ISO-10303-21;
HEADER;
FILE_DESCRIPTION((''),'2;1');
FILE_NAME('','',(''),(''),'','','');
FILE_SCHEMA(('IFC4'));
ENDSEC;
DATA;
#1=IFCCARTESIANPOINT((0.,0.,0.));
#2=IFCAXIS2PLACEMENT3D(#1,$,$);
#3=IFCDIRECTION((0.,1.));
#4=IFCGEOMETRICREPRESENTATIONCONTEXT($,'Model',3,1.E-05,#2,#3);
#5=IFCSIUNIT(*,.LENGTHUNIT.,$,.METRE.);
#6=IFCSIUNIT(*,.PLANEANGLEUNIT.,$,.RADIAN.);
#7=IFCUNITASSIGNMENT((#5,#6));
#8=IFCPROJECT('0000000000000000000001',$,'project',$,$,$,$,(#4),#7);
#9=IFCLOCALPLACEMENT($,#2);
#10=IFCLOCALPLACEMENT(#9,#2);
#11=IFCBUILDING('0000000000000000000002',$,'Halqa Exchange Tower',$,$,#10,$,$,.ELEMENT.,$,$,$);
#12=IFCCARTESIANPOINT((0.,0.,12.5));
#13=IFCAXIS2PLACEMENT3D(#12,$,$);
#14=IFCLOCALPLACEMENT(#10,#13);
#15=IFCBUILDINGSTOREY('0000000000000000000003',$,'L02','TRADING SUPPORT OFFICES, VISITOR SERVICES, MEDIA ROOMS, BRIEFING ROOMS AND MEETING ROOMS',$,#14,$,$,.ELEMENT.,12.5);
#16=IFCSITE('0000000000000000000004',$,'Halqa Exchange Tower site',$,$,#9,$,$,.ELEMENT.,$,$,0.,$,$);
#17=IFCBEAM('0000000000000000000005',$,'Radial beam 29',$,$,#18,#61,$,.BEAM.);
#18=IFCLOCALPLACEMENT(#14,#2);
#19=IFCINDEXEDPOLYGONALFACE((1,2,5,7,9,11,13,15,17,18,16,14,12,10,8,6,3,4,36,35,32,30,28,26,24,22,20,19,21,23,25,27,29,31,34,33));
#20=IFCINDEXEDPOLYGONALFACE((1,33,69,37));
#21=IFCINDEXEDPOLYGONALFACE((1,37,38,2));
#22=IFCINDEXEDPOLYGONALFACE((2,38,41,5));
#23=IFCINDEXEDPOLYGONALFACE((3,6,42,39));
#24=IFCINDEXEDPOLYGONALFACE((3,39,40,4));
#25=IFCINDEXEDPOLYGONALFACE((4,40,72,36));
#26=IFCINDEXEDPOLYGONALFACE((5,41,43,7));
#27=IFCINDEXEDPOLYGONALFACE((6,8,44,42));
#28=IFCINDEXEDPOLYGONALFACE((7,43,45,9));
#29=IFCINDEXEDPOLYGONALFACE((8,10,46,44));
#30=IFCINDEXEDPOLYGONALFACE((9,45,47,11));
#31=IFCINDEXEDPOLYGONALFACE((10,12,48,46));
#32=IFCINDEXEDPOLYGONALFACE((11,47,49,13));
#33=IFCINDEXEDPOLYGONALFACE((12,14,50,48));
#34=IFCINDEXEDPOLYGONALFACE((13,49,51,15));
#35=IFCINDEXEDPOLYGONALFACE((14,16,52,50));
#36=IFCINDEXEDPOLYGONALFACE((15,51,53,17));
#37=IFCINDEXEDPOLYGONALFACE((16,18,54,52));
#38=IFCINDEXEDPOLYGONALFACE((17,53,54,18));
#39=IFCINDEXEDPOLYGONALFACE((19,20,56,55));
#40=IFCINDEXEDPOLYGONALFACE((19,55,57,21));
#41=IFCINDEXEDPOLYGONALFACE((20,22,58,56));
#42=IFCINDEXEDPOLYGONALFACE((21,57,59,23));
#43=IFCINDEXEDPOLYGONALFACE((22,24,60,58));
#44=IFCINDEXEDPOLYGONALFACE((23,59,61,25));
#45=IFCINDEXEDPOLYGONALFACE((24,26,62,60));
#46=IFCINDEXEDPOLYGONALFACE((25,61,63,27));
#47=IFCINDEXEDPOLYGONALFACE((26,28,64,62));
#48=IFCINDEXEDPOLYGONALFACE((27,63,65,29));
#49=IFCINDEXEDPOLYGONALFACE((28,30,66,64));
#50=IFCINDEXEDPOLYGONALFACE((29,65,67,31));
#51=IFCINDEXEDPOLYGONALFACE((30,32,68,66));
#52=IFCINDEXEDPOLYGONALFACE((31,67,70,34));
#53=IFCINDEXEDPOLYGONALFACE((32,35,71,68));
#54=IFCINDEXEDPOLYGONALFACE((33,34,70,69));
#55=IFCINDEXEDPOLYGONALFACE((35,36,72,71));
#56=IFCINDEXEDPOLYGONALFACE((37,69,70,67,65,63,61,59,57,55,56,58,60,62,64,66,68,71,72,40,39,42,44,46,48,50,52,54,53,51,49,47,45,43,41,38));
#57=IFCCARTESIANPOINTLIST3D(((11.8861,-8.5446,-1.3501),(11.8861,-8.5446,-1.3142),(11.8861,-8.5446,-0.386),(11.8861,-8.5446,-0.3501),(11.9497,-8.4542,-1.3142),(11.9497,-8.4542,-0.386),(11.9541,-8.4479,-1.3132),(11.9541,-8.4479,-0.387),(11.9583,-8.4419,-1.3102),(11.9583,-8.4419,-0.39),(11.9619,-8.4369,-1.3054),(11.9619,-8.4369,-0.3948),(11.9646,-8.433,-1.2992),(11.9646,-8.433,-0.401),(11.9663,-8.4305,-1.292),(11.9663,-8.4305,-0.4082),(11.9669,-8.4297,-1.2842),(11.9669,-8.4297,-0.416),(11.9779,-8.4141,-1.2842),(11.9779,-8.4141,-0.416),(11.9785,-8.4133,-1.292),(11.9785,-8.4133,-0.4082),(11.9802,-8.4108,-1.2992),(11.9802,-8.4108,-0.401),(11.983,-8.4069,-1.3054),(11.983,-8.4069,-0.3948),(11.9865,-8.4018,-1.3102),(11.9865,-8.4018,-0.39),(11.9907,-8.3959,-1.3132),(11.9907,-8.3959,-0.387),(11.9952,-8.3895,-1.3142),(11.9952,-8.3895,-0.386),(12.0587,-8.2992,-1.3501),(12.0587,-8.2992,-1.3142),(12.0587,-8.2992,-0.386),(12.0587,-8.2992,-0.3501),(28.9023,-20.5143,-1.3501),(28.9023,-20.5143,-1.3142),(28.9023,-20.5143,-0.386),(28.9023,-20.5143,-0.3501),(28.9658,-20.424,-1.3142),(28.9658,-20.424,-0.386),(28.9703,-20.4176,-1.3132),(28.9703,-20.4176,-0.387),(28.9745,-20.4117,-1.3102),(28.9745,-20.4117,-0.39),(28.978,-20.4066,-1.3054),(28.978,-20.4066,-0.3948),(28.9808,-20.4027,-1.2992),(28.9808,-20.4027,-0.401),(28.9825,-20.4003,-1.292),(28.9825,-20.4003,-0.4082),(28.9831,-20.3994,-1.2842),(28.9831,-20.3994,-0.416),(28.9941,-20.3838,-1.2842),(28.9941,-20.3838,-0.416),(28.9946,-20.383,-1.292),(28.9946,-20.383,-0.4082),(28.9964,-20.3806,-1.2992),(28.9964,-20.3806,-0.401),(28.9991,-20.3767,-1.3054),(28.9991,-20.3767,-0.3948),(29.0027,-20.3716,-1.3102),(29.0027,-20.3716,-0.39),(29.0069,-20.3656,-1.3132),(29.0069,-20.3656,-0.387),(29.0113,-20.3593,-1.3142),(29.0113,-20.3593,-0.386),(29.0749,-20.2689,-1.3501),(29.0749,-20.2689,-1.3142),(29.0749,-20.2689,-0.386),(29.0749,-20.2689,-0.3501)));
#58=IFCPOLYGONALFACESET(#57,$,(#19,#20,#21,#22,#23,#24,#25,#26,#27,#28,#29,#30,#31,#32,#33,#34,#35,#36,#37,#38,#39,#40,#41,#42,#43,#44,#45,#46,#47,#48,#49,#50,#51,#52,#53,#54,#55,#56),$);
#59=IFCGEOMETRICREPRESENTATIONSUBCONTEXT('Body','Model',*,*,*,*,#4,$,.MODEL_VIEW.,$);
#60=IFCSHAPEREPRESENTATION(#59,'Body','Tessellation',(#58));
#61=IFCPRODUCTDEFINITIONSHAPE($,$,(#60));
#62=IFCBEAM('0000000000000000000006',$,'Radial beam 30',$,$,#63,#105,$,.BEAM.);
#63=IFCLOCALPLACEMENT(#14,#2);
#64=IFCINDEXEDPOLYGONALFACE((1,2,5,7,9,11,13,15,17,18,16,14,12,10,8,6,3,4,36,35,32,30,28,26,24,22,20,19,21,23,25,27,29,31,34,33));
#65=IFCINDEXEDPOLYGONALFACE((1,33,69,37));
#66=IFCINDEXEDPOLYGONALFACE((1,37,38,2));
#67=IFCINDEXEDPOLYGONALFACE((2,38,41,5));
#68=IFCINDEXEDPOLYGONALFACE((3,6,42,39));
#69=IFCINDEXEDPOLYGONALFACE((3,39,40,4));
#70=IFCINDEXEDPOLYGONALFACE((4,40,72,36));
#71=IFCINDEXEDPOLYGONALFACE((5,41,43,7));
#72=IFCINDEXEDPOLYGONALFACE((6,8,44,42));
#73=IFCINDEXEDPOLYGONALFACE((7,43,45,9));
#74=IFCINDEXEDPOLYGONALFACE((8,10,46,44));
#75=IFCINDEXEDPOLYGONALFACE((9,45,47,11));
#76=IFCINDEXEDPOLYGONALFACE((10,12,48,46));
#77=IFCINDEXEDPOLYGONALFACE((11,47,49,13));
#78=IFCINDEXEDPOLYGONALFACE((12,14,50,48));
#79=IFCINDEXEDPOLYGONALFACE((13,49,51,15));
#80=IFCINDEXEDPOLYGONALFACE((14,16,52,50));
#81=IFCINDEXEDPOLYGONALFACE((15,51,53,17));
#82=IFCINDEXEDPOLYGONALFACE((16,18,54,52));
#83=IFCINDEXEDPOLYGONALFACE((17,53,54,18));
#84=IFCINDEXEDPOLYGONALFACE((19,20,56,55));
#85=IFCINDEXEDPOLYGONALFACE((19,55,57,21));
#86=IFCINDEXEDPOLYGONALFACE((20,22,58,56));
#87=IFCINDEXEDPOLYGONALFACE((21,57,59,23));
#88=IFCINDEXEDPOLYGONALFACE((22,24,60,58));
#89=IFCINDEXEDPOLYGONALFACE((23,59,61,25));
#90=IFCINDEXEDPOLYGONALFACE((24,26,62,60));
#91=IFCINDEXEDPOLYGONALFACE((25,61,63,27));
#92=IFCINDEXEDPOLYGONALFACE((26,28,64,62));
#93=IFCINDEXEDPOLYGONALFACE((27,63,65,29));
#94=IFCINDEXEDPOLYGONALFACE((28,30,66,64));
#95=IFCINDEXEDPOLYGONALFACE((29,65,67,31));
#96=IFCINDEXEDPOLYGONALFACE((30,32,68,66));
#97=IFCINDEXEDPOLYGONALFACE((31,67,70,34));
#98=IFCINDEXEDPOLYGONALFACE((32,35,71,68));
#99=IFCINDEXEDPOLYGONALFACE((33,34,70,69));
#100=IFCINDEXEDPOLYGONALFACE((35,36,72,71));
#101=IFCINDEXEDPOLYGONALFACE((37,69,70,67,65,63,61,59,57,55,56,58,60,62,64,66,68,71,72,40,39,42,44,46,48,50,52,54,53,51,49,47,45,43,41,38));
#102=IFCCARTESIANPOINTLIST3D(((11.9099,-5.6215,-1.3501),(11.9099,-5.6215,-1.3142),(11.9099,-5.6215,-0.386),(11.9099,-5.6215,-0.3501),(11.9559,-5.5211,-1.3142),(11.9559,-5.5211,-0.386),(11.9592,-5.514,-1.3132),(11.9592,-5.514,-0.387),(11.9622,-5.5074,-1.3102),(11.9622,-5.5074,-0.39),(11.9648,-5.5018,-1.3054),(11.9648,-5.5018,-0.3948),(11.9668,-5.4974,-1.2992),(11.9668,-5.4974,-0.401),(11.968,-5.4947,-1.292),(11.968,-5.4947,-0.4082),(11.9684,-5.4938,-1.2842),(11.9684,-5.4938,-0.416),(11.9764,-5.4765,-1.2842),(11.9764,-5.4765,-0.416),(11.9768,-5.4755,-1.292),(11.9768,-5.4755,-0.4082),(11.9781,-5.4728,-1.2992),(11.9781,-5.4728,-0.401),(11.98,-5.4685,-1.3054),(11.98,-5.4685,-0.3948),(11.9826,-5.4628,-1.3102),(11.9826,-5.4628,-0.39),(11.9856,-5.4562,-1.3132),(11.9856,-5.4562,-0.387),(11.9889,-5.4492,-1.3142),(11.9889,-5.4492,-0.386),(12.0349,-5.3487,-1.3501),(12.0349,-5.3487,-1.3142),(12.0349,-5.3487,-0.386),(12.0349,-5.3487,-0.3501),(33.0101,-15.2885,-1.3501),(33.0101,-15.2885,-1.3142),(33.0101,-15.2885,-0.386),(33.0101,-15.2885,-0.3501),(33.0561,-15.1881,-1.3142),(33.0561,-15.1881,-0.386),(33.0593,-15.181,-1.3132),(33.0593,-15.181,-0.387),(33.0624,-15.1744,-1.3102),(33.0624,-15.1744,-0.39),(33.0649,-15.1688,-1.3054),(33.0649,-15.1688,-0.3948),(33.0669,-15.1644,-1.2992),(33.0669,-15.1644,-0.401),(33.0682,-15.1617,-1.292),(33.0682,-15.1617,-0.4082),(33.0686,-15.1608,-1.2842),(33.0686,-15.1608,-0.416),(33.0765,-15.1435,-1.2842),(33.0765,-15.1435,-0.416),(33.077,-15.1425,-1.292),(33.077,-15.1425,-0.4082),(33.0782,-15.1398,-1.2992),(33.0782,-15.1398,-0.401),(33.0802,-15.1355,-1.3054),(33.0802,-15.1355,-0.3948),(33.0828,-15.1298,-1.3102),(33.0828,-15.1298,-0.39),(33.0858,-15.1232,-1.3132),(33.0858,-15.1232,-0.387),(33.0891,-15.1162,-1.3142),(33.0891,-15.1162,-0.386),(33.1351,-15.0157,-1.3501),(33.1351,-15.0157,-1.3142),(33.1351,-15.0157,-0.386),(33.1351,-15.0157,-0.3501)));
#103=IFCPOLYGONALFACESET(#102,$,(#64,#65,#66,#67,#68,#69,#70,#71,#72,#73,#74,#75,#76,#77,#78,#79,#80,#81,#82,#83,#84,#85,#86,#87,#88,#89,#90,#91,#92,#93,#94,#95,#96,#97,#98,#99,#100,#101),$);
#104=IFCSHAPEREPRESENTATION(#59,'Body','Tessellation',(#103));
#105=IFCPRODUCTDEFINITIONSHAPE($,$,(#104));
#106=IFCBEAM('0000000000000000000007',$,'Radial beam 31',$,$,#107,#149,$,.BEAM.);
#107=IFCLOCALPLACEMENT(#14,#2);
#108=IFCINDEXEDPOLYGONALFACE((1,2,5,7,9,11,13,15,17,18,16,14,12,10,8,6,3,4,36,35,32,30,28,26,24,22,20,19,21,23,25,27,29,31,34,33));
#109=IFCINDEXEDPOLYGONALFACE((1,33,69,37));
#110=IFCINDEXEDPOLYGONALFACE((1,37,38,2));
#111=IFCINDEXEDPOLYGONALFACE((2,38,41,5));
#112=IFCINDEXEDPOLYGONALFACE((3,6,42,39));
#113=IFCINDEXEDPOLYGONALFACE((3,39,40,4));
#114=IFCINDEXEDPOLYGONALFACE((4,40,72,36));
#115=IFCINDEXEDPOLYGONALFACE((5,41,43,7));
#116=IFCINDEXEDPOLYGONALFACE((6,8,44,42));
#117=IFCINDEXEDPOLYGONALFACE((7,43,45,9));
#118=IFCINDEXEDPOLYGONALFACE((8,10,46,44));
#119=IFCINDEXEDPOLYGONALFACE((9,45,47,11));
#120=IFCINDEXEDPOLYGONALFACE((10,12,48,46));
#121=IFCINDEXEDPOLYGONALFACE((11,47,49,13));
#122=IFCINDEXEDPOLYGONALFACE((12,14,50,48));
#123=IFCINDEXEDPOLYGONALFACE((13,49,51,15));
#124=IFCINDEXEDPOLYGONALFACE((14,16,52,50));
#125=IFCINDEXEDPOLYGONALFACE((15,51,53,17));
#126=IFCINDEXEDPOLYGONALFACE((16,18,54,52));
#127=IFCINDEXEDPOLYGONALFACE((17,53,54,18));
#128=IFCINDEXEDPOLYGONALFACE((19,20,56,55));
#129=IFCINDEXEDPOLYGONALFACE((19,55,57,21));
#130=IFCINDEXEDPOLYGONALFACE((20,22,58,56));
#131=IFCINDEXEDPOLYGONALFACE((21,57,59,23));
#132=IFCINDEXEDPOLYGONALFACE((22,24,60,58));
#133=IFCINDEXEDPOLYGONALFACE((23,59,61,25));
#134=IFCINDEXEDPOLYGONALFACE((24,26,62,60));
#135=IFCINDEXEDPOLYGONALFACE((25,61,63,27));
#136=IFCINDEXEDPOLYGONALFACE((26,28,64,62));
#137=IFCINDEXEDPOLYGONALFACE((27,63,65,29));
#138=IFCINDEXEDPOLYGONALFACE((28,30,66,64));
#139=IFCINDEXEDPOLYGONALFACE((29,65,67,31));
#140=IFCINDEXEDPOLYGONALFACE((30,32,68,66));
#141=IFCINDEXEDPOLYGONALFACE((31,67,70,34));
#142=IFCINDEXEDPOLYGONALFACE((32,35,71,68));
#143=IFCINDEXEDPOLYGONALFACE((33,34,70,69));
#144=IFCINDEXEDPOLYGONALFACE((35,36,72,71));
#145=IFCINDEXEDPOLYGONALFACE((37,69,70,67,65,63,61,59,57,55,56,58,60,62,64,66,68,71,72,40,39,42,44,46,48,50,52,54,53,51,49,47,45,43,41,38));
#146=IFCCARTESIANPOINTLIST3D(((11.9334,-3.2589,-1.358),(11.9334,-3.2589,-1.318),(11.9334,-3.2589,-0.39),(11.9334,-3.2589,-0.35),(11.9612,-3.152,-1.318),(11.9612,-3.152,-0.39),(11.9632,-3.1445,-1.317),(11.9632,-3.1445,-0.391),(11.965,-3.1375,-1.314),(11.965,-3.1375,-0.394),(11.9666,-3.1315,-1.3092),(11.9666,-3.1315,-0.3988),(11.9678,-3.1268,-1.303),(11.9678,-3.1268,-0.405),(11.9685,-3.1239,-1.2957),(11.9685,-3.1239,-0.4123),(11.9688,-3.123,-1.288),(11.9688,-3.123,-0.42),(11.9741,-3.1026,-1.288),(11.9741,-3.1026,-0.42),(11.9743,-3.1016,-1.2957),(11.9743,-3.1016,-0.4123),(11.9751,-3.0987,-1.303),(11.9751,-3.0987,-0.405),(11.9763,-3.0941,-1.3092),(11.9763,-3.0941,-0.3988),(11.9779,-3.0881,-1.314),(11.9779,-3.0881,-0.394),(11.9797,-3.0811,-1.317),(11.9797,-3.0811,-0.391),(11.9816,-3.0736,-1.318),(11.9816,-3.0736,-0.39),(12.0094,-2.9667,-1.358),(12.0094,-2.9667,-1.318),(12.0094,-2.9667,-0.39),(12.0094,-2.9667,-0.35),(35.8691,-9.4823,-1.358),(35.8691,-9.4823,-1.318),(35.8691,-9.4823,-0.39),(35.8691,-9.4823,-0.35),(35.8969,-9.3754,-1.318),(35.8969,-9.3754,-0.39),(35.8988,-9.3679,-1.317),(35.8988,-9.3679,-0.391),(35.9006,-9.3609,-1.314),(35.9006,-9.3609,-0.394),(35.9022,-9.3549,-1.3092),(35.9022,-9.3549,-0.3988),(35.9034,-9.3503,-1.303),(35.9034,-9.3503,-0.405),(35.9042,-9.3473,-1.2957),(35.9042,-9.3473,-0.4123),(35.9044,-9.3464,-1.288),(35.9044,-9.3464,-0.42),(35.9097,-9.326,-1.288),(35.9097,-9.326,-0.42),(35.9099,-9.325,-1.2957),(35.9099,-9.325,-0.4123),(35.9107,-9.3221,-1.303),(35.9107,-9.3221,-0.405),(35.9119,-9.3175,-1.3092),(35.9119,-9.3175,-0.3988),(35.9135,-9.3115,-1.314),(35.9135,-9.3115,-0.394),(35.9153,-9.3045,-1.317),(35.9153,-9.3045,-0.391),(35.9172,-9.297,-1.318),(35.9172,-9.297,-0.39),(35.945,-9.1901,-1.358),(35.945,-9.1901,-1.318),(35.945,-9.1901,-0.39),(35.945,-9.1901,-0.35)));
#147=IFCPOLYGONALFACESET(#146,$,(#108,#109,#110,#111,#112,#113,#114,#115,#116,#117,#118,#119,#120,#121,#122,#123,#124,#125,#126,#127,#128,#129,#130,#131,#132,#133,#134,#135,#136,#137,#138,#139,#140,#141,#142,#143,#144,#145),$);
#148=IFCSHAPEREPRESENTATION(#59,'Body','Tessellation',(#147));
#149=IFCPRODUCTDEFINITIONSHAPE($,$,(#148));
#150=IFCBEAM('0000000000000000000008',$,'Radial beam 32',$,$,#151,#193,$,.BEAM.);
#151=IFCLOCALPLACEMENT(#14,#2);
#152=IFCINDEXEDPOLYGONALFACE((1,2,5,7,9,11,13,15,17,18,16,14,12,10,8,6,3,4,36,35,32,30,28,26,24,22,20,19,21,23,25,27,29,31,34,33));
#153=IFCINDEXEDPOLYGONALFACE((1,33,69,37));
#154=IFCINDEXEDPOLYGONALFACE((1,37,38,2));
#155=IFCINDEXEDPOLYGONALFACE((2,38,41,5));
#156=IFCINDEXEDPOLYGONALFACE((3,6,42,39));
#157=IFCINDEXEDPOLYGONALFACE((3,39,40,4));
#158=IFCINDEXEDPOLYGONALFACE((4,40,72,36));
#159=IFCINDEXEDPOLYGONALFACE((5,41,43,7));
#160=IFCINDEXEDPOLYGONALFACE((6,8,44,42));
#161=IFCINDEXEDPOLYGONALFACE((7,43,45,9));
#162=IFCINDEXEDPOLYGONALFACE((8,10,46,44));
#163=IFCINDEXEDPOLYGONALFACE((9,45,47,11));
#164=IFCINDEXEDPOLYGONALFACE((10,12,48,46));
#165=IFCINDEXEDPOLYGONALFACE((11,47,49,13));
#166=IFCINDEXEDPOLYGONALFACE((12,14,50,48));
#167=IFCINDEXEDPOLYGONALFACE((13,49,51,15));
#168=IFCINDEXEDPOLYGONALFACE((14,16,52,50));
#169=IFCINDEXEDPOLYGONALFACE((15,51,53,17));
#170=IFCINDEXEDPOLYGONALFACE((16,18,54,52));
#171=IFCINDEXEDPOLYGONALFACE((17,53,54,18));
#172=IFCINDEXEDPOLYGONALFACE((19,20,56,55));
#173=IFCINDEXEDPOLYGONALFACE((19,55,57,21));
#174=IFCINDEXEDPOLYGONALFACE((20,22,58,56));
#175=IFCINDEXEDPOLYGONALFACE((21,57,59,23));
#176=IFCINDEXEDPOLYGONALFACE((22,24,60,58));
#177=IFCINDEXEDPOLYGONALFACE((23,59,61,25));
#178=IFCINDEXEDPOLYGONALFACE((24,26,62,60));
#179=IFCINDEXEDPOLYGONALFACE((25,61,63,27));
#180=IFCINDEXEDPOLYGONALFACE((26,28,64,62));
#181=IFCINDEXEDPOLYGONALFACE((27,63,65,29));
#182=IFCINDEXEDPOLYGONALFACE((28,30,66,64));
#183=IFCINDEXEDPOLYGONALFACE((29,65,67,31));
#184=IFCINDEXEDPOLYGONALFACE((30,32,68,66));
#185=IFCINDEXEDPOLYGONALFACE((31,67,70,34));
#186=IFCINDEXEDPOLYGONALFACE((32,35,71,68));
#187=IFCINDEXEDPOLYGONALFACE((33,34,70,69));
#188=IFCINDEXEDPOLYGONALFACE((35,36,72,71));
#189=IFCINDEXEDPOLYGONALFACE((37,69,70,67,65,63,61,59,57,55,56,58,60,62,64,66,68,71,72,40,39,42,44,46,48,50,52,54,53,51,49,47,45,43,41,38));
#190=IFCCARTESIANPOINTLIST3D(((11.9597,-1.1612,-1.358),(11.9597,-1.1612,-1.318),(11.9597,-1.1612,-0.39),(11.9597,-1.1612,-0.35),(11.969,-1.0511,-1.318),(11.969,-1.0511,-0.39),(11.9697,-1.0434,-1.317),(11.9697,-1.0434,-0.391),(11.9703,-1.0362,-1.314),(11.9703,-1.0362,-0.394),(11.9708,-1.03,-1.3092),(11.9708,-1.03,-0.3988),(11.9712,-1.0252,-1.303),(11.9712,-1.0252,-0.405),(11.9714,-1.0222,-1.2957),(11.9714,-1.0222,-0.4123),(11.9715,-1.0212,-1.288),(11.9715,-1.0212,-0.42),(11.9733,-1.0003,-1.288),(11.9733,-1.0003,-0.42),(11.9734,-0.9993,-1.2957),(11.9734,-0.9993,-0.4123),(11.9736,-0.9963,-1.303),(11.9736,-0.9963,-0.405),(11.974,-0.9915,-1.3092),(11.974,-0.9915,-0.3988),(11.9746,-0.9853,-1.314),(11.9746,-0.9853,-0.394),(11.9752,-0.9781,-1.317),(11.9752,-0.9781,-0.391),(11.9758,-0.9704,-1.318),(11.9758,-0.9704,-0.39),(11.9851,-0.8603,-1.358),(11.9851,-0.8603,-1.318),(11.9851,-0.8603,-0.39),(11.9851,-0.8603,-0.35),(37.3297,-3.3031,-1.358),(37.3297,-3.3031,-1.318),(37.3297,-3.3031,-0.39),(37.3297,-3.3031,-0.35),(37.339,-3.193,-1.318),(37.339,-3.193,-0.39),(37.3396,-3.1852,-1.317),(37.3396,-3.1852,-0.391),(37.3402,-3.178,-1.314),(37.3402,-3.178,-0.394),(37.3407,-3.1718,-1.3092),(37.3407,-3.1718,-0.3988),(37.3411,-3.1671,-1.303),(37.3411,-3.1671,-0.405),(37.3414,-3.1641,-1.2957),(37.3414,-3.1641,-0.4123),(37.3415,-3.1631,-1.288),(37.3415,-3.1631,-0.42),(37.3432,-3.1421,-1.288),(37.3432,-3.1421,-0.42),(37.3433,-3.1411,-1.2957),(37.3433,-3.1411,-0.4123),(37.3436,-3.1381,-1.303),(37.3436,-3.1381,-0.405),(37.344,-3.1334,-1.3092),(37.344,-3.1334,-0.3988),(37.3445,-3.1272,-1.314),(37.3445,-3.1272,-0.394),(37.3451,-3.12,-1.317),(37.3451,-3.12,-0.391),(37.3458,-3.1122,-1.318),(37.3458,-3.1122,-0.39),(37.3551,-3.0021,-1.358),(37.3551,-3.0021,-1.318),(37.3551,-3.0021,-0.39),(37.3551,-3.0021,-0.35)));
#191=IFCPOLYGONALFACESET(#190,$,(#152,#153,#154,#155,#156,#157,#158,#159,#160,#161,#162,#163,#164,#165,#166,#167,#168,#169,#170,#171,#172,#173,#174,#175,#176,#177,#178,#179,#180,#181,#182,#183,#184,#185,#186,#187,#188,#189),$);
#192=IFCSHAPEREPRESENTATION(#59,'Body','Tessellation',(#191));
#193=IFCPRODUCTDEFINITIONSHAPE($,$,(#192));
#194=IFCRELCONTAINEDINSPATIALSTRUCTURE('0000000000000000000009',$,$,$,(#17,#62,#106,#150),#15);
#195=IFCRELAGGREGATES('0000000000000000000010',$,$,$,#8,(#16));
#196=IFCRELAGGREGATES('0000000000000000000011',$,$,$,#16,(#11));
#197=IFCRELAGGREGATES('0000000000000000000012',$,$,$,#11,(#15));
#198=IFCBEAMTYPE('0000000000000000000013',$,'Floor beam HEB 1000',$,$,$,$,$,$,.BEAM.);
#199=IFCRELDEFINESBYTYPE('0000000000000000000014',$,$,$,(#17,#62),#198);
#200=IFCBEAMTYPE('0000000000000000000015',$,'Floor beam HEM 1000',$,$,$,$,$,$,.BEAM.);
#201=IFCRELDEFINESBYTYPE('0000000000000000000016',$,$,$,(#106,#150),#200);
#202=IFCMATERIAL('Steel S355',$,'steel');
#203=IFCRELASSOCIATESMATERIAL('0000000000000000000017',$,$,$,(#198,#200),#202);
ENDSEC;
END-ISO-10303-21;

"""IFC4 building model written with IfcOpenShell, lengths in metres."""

from ifc_helpers import new_model, si_unit, direction, frame, origin, origin_2d, place, context, subcontext, project, spatial, i_section, extrude, material, material_profile, profile_set, type_object, element, save


model = new_model("IFC4")

# Units and contexts
model_context = context("Model", 3, precision=1e-05, world=origin(), true_north=direction((0.0, 1.0)))
body_context = subcontext(model_context, "Body", "Model", "MODEL_VIEW")
ifc_project = project(units=[si_unit("LENGTHUNIT", "METRE"), si_unit("PLANEANGLEUNIT", "RADIAN")], contexts=[model_context])

# Site, building, storey
site_placement = place(None, origin())
site = spatial("IfcSite", under=ifc_project, at=site_placement, Name="Halqa Exchange Tower site", CompositionType="ELEMENT", RefElevation=0.0)
building_placement = place(site_placement, origin())
building = spatial("IfcBuilding", under=site, at=building_placement, Name="Halqa Exchange Tower", CompositionType="ELEMENT")
storey_placement = place(building_placement, frame((0.0, 0.0, 12.5)))
storey = spatial("IfcBuildingStorey", under=building, at=storey_placement, Name="L02", Description="TRADING SUPPORT OFFICES, VISITOR SERVICES, MEDIA ROOMS, BRIEFING ROOMS AND MEETING ROOMS", CompositionType="ELEMENT", Elevation=12.5)

# Beams
ifc_material_1 = material(Name="Steel S355", Category="steel")
ifc_material_profile_1 = material_profile(ifc_material_1, i_section(OverallWidth=0.3, OverallDepth=1.0, WebThickness=0.019, FlangeThickness=0.0359, FilletRadius=0.03, at=origin_2d()), Name="HEB 1000")
ifc_profile_set_1 = profile_set([ifc_material_profile_1], Name="Steel S355")
beam_type_1 = type_object("IfcBeamType", Name="Floor beam HEB 1000", PredefinedType="BEAM", material=ifc_profile_set_1)
beam_1_placement = place(storey_placement, frame((11.9724, -8.4219, -0.8501), z_axis=(0.81791, -0.575346, 0.0), x_axis=(0.575346, 0.81791, 0.0)))
element("IfcBeam", 1, at=beam_1_placement, inside=storey, type_object=beam_type_1, Name="Radial beam 29", PredefinedType="BEAM", context=body_context, shape_type="SweptSolid", body=[
    extrude(i_section(OverallWidth=0.3, OverallDepth=1.0, WebThickness=0.019, FlangeThickness=0.0359, FilletRadius=0.03, at=origin_2d()), origin(), (0.0, 0.0, 1.0), 20.8044),
])
beam_2_placement = place(storey_placement, frame((11.9724, -5.4851, -0.8501), z_axis=(0.909128, -0.416516, 0.0), x_axis=(0.416516, 0.909128, 0.0)))
element("IfcBeam", 2, at=beam_2_placement, inside=storey, type_object=beam_type_1, Name="Radial beam 30", PredefinedType="BEAM", context=body_context, shape_type="SweptSolid", body=[
    extrude(i_section(OverallWidth=0.3, OverallDepth=1.0, WebThickness=0.019, FlangeThickness=0.0359, FilletRadius=0.03, at=origin_2d()), origin(), (0.0, 0.0, 1.0), 23.2092),
])
ifc_material_profile_2 = material_profile(ifc_material_1, i_section(OverallWidth=0.302, OverallDepth=1.0081, WebThickness=0.021, FlangeThickness=0.04, FilletRadius=0.03, at=origin_2d()), Name="HEM 1000")
ifc_profile_set_2 = profile_set([ifc_material_profile_2], Name="Steel S355")
beam_type_2 = type_object("IfcBeamType", Name="Floor beam HEM 1000", PredefinedType="BEAM", material=ifc_profile_set_2)
beam_3_placement = place(storey_placement, frame((11.9714, -3.1128, -0.854), z_axis=(0.967821, -0.251639, 0.0), x_axis=(0.251639, 0.967821, 0.0)))
element("IfcBeam", 3, at=beam_3_placement, inside=storey, type_object=beam_type_2, Name="Radial beam 31", PredefinedType="BEAM", context=body_context, shape_type="SweptSolid", body=[
    extrude(i_section(OverallWidth=0.302, OverallDepth=1.0081, WebThickness=0.021, FlangeThickness=0.04, FilletRadius=0.03, at=origin_2d()), origin(), (0.0, 0.0, 1.0), 24.7314),
])
beam_4_placement = place(storey_placement, frame((11.9724, -1.0107, -0.854), z_axis=(0.996455, -0.084125, 0.0), x_axis=(0.084125, 0.996455, 0.0)))
element("IfcBeam", 4, at=beam_4_placement, inside=storey, type_object=beam_type_2, Name="Radial beam 32", PredefinedType="BEAM", context=body_context, shape_type="SweptSolid", body=[
    extrude(i_section(OverallWidth=0.302, OverallDepth=1.0081, WebThickness=0.021, FlangeThickness=0.04, FilletRadius=0.03, at=origin_2d()), origin(), (0.0, 0.0, 1.0), 25.4602),
])

save(model, "model.ifc")
